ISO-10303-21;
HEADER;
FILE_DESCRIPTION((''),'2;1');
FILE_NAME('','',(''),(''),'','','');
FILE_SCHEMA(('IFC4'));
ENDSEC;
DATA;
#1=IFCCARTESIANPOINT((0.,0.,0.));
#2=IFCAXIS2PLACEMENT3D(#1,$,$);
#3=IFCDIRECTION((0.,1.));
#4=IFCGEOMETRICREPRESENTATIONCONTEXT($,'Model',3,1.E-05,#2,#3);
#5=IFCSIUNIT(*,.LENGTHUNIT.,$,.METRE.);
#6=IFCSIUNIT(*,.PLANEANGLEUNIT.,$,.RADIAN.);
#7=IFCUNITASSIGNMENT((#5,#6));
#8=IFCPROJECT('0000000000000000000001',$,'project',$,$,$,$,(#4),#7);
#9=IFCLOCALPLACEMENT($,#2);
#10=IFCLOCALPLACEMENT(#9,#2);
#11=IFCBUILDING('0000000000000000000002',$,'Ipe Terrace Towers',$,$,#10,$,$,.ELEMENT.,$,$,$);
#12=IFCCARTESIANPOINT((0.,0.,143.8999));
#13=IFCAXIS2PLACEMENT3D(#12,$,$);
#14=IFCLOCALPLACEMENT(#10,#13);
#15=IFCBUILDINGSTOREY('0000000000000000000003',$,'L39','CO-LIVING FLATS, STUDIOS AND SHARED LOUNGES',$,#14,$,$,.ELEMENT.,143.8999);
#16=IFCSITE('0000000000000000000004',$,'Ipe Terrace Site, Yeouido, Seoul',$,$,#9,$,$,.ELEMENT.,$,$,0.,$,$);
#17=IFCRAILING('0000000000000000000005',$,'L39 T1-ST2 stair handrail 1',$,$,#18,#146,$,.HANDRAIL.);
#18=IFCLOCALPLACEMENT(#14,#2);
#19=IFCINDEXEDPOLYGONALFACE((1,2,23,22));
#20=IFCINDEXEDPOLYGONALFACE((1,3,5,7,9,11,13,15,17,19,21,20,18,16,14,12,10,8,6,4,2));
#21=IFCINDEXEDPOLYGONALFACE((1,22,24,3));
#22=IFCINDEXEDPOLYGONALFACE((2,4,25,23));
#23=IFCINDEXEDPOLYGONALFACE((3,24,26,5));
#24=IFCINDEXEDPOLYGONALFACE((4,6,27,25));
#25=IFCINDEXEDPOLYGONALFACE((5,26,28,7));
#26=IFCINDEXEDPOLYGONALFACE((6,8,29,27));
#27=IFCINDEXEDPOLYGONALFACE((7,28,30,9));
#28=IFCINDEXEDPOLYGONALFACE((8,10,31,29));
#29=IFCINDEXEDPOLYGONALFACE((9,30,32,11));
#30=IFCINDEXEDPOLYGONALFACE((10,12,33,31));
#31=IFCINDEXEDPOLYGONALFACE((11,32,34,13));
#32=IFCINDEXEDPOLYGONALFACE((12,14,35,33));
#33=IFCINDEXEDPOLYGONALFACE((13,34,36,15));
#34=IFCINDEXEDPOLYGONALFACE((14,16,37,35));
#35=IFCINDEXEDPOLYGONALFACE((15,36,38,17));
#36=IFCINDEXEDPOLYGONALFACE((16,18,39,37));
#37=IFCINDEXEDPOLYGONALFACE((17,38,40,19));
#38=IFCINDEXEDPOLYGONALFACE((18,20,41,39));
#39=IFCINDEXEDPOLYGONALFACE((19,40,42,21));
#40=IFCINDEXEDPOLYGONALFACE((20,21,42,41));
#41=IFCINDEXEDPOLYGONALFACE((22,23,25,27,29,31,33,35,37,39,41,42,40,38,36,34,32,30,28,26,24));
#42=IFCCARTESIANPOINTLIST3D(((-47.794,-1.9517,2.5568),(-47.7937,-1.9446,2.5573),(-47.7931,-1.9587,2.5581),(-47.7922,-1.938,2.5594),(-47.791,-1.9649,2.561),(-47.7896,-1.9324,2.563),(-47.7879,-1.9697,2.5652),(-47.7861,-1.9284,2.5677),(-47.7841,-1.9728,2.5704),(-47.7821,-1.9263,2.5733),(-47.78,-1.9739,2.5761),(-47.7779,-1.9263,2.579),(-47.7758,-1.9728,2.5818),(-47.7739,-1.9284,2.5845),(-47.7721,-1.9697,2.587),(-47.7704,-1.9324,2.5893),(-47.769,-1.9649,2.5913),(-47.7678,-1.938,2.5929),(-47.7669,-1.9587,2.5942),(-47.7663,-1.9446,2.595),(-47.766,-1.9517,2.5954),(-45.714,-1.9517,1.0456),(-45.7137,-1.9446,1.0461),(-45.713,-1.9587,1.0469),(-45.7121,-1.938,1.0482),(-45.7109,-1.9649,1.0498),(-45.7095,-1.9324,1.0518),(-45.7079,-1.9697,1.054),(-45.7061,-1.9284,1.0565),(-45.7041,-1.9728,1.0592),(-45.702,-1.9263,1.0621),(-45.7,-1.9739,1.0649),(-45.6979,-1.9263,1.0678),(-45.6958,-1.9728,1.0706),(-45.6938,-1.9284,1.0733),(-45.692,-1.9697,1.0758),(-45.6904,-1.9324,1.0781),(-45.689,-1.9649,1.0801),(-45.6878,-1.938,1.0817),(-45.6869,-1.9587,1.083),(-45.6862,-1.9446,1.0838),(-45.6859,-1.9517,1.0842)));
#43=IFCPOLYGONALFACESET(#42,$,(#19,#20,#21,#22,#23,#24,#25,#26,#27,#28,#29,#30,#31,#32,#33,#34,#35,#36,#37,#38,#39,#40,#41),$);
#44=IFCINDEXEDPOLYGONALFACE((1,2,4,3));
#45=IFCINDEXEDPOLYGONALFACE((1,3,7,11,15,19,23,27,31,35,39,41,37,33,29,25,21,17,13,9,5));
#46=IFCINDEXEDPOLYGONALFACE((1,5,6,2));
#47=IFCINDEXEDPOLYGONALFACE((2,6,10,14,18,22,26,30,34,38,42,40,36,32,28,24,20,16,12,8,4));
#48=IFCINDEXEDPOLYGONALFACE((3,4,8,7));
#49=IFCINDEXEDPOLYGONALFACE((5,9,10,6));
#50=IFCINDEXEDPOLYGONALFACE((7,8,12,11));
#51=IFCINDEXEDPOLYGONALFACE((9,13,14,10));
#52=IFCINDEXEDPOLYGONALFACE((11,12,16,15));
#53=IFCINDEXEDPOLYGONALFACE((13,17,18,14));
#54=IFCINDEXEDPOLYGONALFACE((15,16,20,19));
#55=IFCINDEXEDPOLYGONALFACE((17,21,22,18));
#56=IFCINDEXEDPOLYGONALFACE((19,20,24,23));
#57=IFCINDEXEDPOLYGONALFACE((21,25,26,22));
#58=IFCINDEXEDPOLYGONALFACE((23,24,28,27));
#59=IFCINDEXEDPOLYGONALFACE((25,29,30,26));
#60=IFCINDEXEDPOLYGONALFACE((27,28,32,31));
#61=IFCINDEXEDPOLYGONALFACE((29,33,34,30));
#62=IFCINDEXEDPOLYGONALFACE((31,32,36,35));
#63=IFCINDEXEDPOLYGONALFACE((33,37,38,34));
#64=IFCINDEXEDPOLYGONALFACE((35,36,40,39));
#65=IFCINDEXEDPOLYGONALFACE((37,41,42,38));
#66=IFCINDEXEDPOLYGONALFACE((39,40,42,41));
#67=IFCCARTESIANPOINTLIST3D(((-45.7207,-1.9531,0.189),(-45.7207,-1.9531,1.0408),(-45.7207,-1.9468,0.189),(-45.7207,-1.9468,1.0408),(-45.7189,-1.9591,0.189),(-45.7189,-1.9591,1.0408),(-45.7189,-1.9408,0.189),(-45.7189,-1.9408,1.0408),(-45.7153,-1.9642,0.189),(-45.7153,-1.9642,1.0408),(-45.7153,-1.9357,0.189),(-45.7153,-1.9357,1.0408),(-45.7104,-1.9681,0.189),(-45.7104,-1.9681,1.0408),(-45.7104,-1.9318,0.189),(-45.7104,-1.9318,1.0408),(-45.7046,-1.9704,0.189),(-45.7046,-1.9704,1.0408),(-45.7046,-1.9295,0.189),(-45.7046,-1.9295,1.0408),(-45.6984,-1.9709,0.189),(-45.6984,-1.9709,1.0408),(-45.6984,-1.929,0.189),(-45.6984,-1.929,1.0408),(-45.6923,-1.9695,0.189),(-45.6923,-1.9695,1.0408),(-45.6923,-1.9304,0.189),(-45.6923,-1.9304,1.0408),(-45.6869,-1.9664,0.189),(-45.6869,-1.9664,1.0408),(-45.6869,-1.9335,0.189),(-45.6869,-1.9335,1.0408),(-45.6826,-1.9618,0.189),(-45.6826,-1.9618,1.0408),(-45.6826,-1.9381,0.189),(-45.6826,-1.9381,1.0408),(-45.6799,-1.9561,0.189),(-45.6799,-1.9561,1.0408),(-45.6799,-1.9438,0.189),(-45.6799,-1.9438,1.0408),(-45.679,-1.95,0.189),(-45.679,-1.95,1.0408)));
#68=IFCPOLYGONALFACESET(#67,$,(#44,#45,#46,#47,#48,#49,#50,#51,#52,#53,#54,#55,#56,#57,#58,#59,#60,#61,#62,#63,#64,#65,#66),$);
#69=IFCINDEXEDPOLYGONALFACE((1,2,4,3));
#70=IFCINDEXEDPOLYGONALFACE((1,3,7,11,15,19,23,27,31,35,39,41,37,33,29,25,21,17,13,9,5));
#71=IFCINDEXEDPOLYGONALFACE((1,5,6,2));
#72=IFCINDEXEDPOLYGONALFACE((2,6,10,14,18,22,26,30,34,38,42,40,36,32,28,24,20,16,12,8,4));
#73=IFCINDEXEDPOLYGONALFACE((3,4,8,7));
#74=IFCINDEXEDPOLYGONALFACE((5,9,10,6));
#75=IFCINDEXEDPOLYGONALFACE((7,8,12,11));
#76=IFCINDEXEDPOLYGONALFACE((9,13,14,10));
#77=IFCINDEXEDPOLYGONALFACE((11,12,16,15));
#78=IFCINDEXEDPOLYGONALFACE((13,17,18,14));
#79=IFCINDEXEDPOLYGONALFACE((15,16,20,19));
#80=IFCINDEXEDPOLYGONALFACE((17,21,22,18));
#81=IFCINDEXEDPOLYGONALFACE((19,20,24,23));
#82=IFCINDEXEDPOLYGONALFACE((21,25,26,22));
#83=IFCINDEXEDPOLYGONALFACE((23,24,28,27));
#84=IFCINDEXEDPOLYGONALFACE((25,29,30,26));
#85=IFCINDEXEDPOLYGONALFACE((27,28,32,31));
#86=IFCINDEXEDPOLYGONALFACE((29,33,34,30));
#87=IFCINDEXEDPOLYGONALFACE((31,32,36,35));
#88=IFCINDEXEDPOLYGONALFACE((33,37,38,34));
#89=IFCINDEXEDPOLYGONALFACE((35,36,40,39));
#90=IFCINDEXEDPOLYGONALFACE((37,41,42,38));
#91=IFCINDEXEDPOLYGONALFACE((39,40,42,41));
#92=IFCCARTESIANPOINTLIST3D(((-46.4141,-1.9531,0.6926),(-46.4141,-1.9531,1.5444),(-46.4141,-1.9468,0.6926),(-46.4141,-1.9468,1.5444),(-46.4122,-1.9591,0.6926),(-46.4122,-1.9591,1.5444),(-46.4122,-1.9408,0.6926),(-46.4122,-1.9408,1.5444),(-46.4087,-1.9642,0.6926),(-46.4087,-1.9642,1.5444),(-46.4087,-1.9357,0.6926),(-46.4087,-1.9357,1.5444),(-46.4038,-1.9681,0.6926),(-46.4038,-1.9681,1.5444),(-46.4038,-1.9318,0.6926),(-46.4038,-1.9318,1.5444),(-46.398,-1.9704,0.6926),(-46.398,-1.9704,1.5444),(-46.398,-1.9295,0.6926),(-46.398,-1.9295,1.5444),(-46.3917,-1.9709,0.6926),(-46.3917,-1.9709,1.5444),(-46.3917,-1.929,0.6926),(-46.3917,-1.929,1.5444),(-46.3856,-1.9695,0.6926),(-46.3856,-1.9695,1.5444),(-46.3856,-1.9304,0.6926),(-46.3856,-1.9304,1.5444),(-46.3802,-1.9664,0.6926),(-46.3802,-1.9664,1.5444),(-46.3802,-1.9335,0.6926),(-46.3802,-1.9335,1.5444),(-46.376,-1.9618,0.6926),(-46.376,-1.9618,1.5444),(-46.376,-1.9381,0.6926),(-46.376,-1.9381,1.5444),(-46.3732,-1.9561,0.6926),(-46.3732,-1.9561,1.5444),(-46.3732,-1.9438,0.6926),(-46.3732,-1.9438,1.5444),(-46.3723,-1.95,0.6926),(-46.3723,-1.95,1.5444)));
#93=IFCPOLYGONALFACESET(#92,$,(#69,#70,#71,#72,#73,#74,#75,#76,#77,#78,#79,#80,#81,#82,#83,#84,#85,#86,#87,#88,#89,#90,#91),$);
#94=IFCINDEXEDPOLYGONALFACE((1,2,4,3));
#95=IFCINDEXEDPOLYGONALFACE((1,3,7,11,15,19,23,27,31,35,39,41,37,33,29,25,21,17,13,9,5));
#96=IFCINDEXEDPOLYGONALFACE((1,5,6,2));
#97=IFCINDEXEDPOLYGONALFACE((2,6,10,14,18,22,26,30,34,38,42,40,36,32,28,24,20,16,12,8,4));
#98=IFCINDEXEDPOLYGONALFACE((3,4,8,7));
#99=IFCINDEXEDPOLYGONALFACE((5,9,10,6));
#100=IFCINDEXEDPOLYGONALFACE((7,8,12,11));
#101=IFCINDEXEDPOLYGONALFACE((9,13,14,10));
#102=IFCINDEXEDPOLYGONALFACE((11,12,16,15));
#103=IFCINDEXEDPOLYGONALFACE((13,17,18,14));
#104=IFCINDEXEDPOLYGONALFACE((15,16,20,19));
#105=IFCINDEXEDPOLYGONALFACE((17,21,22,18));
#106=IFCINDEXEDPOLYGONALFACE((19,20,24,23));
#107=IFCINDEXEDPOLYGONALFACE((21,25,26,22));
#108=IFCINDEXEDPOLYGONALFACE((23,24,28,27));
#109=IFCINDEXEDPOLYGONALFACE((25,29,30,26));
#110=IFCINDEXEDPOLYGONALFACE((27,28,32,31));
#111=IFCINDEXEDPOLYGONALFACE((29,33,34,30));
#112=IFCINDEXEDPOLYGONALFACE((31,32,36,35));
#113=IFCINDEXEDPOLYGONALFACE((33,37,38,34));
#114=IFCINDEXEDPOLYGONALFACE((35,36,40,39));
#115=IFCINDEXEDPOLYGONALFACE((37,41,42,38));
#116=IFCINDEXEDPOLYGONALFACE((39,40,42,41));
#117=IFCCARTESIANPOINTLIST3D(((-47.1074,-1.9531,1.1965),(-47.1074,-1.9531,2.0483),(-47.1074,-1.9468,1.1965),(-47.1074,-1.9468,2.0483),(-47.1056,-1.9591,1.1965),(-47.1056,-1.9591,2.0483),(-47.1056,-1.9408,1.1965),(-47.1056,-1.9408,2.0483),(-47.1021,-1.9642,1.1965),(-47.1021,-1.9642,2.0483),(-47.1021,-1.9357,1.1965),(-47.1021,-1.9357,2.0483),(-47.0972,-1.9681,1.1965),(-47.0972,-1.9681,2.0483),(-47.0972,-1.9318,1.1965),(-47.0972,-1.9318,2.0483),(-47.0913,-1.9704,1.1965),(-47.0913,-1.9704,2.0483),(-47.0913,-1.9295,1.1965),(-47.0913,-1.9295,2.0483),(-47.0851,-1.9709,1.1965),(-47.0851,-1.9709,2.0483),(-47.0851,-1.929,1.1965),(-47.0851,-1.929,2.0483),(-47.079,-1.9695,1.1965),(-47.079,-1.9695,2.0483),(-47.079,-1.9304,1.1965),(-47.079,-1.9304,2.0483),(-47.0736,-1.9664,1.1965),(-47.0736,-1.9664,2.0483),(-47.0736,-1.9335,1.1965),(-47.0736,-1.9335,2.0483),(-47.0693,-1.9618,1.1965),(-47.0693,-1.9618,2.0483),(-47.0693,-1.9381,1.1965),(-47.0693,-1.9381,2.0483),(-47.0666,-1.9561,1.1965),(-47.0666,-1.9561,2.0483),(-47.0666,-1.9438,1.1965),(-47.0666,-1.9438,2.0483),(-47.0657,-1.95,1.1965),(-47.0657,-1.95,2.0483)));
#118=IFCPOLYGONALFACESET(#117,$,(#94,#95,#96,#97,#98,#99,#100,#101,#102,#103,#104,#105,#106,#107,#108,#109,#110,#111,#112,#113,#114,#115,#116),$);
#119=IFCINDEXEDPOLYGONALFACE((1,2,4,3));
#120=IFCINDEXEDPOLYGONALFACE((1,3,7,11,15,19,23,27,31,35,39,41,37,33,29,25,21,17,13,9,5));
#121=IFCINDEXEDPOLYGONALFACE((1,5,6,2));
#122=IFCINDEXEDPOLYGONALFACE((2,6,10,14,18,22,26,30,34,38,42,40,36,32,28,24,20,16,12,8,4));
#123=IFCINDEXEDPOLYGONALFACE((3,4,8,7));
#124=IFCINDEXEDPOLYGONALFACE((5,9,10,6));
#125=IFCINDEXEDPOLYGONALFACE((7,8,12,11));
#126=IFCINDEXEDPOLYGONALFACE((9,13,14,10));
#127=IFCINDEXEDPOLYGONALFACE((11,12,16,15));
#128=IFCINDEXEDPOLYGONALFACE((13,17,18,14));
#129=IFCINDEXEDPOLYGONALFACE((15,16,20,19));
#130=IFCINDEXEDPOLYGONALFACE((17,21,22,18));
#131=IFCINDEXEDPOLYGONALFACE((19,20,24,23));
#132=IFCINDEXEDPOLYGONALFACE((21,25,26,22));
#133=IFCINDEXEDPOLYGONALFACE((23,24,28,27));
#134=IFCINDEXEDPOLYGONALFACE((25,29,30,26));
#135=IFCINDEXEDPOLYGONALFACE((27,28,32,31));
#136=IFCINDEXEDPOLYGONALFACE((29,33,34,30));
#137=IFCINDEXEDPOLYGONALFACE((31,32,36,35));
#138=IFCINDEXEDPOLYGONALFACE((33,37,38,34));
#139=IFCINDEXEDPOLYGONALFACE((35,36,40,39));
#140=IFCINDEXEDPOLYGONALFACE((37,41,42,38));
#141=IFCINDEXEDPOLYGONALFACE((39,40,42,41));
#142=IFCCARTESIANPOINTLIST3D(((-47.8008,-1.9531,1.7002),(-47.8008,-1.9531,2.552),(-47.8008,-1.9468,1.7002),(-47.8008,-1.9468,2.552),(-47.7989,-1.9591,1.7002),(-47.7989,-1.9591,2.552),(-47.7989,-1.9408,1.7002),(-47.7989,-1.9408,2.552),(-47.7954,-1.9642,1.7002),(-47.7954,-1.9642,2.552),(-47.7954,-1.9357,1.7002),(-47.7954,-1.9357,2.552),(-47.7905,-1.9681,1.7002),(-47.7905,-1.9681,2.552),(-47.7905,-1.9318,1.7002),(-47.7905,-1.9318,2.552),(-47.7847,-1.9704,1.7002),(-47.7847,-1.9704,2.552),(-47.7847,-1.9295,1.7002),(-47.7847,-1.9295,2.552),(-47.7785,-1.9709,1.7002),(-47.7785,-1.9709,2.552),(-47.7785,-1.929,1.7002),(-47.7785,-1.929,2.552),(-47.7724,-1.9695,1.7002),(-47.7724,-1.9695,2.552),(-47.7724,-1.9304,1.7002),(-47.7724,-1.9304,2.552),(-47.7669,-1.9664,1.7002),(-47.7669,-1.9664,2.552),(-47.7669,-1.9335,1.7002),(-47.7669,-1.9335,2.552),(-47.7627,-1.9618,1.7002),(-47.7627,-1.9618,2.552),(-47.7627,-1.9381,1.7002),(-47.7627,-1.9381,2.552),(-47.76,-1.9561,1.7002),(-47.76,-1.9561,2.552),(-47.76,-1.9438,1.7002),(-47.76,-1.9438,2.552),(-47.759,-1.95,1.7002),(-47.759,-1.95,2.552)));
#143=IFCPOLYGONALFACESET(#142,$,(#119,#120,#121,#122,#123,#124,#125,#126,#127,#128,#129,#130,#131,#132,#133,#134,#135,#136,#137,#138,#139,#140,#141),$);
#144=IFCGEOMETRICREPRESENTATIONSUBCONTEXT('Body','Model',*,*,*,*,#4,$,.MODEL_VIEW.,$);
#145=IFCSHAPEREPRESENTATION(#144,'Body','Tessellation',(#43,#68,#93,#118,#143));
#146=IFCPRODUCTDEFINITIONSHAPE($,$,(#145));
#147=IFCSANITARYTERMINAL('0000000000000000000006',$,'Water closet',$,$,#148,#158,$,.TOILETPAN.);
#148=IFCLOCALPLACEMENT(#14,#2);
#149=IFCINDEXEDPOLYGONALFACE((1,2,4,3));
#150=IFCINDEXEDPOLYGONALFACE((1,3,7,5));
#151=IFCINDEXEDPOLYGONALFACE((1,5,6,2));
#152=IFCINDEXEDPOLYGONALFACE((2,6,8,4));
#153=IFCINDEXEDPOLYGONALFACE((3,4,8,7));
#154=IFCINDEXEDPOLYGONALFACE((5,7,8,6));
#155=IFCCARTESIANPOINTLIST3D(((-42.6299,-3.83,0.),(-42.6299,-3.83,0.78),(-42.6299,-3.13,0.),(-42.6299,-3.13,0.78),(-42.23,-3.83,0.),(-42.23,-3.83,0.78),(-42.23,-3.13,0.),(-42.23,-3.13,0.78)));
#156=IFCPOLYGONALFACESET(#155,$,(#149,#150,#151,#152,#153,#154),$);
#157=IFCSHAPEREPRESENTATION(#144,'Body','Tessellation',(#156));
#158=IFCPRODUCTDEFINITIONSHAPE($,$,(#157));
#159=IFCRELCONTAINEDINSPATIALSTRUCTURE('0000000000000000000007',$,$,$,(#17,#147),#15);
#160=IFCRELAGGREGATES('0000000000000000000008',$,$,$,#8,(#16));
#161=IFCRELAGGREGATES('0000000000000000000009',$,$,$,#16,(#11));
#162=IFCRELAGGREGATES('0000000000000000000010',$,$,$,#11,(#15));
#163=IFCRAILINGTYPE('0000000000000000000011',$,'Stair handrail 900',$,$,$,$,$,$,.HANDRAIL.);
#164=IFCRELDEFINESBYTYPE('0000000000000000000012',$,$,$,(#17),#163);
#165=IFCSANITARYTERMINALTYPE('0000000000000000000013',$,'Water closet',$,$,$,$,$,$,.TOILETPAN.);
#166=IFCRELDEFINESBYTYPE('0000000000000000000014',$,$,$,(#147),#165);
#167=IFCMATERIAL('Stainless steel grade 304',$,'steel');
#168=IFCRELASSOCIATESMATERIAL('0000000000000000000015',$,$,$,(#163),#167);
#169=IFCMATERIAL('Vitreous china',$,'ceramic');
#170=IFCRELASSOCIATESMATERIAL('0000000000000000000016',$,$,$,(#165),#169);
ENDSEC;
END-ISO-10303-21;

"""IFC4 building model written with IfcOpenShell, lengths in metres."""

from ifc_helpers import new_model, si_unit, direction, frame, origin, origin_2d, place, context, subcontext, project, spatial, rectangle, circle, extrude, material, type_object, element, save


model = new_model("IFC4")

# Units and contexts
model_context = context("Model", 3, precision=1e-05, world=origin(), true_north=direction((0.0, 1.0)))
body_context = subcontext(model_context, "Body", "Model", "MODEL_VIEW")
ifc_project = project(units=[si_unit("LENGTHUNIT", "METRE"), si_unit("PLANEANGLEUNIT", "RADIAN")], contexts=[model_context])

# Site, building, storey
site_placement = place(None, origin())
site = spatial("IfcSite", under=ifc_project, at=site_placement, Name="Ipe Terrace Site, Yeouido, Seoul", CompositionType="ELEMENT", RefElevation=0.0)
building_placement = place(site_placement, origin())
building = spatial("IfcBuilding", under=site, at=building_placement, Name="Ipe Terrace Towers", CompositionType="ELEMENT")
storey_placement = place(building_placement, frame((0.0, 0.0, 143.8999)))
storey = spatial("IfcBuildingStorey", under=building, at=storey_placement, Name="L39", Description="CO-LIVING FLATS, STUDIOS AND SHARED LOUNGES", CompositionType="ELEMENT", Elevation=143.8999)

# Railing
ifc_material_1 = material(Name="Stainless steel grade 304", Category="steel")
railing_type = type_object("IfcRailingType", Name="Stair handrail 900", PredefinedType="HANDRAIL", material=ifc_material_1)
railing_placement = place(storey_placement, frame((-45.7, -1.95, 0.189)))
element("IfcRailing", 1, at=railing_placement, inside=storey, type_object=railing_type, Name="L39 T1-ST2 stair handrail 1", PredefinedType="HANDRAIL", context=body_context, shape_type="SweptSolid", body=[
    extrude(circle(Radius=0.0239, at=origin_2d()), frame((0.0, 0.0, 0.876), z_axis=(-0.809023, 0.0, 0.587776), x_axis=(0.0, -1.0, 0.0)), (0.0, 0.0, 1.0), 2.571),
    extrude(circle(Radius=0.021, at=origin_2d()), origin(), (0.0, 0.0, 1.0), 0.8518),
    extrude(circle(Radius=0.021, at=origin_2d()), frame((-0.6934, 0.0, 0.5037)), (0.0, 0.0, 1.0), 0.8518),
    extrude(circle(Radius=0.021, at=origin_2d()), frame((-1.3867, 0.0, 1.0076)), (0.0, 0.0, 1.0), 0.8518),
    extrude(circle(Radius=0.021, at=origin_2d()), frame((-2.0801, 0.0, 1.5112)), (0.0, 0.0, 1.0), 0.8518),
])

# Sanitary terminal
ifc_material_2 = material(Name="Vitreous china", Category="ceramic")
sanitary_terminal_type = type_object("IfcSanitaryTerminalType", Name="Water closet", PredefinedType="TOILETPAN", material=ifc_material_2)
sanitary_terminal_placement = place(storey_placement, frame((-42.4299, -3.48, 0.0), z_axis=(0.0, 0.0, 1.0), x_axis=(0.0, 1.0, 0.0)))
element("IfcSanitaryTerminal", 2, at=sanitary_terminal_placement, inside=storey, type_object=sanitary_terminal_type, Name="Water closet", PredefinedType="TOILETPAN", context=body_context, shape_type="SweptSolid", body=[
    extrude(rectangle(XDim=0.7, YDim=0.3999, at=origin_2d()), origin(), (0.0, 0.0, 1.0), 0.78),
])

save(model, "model.ifc")
